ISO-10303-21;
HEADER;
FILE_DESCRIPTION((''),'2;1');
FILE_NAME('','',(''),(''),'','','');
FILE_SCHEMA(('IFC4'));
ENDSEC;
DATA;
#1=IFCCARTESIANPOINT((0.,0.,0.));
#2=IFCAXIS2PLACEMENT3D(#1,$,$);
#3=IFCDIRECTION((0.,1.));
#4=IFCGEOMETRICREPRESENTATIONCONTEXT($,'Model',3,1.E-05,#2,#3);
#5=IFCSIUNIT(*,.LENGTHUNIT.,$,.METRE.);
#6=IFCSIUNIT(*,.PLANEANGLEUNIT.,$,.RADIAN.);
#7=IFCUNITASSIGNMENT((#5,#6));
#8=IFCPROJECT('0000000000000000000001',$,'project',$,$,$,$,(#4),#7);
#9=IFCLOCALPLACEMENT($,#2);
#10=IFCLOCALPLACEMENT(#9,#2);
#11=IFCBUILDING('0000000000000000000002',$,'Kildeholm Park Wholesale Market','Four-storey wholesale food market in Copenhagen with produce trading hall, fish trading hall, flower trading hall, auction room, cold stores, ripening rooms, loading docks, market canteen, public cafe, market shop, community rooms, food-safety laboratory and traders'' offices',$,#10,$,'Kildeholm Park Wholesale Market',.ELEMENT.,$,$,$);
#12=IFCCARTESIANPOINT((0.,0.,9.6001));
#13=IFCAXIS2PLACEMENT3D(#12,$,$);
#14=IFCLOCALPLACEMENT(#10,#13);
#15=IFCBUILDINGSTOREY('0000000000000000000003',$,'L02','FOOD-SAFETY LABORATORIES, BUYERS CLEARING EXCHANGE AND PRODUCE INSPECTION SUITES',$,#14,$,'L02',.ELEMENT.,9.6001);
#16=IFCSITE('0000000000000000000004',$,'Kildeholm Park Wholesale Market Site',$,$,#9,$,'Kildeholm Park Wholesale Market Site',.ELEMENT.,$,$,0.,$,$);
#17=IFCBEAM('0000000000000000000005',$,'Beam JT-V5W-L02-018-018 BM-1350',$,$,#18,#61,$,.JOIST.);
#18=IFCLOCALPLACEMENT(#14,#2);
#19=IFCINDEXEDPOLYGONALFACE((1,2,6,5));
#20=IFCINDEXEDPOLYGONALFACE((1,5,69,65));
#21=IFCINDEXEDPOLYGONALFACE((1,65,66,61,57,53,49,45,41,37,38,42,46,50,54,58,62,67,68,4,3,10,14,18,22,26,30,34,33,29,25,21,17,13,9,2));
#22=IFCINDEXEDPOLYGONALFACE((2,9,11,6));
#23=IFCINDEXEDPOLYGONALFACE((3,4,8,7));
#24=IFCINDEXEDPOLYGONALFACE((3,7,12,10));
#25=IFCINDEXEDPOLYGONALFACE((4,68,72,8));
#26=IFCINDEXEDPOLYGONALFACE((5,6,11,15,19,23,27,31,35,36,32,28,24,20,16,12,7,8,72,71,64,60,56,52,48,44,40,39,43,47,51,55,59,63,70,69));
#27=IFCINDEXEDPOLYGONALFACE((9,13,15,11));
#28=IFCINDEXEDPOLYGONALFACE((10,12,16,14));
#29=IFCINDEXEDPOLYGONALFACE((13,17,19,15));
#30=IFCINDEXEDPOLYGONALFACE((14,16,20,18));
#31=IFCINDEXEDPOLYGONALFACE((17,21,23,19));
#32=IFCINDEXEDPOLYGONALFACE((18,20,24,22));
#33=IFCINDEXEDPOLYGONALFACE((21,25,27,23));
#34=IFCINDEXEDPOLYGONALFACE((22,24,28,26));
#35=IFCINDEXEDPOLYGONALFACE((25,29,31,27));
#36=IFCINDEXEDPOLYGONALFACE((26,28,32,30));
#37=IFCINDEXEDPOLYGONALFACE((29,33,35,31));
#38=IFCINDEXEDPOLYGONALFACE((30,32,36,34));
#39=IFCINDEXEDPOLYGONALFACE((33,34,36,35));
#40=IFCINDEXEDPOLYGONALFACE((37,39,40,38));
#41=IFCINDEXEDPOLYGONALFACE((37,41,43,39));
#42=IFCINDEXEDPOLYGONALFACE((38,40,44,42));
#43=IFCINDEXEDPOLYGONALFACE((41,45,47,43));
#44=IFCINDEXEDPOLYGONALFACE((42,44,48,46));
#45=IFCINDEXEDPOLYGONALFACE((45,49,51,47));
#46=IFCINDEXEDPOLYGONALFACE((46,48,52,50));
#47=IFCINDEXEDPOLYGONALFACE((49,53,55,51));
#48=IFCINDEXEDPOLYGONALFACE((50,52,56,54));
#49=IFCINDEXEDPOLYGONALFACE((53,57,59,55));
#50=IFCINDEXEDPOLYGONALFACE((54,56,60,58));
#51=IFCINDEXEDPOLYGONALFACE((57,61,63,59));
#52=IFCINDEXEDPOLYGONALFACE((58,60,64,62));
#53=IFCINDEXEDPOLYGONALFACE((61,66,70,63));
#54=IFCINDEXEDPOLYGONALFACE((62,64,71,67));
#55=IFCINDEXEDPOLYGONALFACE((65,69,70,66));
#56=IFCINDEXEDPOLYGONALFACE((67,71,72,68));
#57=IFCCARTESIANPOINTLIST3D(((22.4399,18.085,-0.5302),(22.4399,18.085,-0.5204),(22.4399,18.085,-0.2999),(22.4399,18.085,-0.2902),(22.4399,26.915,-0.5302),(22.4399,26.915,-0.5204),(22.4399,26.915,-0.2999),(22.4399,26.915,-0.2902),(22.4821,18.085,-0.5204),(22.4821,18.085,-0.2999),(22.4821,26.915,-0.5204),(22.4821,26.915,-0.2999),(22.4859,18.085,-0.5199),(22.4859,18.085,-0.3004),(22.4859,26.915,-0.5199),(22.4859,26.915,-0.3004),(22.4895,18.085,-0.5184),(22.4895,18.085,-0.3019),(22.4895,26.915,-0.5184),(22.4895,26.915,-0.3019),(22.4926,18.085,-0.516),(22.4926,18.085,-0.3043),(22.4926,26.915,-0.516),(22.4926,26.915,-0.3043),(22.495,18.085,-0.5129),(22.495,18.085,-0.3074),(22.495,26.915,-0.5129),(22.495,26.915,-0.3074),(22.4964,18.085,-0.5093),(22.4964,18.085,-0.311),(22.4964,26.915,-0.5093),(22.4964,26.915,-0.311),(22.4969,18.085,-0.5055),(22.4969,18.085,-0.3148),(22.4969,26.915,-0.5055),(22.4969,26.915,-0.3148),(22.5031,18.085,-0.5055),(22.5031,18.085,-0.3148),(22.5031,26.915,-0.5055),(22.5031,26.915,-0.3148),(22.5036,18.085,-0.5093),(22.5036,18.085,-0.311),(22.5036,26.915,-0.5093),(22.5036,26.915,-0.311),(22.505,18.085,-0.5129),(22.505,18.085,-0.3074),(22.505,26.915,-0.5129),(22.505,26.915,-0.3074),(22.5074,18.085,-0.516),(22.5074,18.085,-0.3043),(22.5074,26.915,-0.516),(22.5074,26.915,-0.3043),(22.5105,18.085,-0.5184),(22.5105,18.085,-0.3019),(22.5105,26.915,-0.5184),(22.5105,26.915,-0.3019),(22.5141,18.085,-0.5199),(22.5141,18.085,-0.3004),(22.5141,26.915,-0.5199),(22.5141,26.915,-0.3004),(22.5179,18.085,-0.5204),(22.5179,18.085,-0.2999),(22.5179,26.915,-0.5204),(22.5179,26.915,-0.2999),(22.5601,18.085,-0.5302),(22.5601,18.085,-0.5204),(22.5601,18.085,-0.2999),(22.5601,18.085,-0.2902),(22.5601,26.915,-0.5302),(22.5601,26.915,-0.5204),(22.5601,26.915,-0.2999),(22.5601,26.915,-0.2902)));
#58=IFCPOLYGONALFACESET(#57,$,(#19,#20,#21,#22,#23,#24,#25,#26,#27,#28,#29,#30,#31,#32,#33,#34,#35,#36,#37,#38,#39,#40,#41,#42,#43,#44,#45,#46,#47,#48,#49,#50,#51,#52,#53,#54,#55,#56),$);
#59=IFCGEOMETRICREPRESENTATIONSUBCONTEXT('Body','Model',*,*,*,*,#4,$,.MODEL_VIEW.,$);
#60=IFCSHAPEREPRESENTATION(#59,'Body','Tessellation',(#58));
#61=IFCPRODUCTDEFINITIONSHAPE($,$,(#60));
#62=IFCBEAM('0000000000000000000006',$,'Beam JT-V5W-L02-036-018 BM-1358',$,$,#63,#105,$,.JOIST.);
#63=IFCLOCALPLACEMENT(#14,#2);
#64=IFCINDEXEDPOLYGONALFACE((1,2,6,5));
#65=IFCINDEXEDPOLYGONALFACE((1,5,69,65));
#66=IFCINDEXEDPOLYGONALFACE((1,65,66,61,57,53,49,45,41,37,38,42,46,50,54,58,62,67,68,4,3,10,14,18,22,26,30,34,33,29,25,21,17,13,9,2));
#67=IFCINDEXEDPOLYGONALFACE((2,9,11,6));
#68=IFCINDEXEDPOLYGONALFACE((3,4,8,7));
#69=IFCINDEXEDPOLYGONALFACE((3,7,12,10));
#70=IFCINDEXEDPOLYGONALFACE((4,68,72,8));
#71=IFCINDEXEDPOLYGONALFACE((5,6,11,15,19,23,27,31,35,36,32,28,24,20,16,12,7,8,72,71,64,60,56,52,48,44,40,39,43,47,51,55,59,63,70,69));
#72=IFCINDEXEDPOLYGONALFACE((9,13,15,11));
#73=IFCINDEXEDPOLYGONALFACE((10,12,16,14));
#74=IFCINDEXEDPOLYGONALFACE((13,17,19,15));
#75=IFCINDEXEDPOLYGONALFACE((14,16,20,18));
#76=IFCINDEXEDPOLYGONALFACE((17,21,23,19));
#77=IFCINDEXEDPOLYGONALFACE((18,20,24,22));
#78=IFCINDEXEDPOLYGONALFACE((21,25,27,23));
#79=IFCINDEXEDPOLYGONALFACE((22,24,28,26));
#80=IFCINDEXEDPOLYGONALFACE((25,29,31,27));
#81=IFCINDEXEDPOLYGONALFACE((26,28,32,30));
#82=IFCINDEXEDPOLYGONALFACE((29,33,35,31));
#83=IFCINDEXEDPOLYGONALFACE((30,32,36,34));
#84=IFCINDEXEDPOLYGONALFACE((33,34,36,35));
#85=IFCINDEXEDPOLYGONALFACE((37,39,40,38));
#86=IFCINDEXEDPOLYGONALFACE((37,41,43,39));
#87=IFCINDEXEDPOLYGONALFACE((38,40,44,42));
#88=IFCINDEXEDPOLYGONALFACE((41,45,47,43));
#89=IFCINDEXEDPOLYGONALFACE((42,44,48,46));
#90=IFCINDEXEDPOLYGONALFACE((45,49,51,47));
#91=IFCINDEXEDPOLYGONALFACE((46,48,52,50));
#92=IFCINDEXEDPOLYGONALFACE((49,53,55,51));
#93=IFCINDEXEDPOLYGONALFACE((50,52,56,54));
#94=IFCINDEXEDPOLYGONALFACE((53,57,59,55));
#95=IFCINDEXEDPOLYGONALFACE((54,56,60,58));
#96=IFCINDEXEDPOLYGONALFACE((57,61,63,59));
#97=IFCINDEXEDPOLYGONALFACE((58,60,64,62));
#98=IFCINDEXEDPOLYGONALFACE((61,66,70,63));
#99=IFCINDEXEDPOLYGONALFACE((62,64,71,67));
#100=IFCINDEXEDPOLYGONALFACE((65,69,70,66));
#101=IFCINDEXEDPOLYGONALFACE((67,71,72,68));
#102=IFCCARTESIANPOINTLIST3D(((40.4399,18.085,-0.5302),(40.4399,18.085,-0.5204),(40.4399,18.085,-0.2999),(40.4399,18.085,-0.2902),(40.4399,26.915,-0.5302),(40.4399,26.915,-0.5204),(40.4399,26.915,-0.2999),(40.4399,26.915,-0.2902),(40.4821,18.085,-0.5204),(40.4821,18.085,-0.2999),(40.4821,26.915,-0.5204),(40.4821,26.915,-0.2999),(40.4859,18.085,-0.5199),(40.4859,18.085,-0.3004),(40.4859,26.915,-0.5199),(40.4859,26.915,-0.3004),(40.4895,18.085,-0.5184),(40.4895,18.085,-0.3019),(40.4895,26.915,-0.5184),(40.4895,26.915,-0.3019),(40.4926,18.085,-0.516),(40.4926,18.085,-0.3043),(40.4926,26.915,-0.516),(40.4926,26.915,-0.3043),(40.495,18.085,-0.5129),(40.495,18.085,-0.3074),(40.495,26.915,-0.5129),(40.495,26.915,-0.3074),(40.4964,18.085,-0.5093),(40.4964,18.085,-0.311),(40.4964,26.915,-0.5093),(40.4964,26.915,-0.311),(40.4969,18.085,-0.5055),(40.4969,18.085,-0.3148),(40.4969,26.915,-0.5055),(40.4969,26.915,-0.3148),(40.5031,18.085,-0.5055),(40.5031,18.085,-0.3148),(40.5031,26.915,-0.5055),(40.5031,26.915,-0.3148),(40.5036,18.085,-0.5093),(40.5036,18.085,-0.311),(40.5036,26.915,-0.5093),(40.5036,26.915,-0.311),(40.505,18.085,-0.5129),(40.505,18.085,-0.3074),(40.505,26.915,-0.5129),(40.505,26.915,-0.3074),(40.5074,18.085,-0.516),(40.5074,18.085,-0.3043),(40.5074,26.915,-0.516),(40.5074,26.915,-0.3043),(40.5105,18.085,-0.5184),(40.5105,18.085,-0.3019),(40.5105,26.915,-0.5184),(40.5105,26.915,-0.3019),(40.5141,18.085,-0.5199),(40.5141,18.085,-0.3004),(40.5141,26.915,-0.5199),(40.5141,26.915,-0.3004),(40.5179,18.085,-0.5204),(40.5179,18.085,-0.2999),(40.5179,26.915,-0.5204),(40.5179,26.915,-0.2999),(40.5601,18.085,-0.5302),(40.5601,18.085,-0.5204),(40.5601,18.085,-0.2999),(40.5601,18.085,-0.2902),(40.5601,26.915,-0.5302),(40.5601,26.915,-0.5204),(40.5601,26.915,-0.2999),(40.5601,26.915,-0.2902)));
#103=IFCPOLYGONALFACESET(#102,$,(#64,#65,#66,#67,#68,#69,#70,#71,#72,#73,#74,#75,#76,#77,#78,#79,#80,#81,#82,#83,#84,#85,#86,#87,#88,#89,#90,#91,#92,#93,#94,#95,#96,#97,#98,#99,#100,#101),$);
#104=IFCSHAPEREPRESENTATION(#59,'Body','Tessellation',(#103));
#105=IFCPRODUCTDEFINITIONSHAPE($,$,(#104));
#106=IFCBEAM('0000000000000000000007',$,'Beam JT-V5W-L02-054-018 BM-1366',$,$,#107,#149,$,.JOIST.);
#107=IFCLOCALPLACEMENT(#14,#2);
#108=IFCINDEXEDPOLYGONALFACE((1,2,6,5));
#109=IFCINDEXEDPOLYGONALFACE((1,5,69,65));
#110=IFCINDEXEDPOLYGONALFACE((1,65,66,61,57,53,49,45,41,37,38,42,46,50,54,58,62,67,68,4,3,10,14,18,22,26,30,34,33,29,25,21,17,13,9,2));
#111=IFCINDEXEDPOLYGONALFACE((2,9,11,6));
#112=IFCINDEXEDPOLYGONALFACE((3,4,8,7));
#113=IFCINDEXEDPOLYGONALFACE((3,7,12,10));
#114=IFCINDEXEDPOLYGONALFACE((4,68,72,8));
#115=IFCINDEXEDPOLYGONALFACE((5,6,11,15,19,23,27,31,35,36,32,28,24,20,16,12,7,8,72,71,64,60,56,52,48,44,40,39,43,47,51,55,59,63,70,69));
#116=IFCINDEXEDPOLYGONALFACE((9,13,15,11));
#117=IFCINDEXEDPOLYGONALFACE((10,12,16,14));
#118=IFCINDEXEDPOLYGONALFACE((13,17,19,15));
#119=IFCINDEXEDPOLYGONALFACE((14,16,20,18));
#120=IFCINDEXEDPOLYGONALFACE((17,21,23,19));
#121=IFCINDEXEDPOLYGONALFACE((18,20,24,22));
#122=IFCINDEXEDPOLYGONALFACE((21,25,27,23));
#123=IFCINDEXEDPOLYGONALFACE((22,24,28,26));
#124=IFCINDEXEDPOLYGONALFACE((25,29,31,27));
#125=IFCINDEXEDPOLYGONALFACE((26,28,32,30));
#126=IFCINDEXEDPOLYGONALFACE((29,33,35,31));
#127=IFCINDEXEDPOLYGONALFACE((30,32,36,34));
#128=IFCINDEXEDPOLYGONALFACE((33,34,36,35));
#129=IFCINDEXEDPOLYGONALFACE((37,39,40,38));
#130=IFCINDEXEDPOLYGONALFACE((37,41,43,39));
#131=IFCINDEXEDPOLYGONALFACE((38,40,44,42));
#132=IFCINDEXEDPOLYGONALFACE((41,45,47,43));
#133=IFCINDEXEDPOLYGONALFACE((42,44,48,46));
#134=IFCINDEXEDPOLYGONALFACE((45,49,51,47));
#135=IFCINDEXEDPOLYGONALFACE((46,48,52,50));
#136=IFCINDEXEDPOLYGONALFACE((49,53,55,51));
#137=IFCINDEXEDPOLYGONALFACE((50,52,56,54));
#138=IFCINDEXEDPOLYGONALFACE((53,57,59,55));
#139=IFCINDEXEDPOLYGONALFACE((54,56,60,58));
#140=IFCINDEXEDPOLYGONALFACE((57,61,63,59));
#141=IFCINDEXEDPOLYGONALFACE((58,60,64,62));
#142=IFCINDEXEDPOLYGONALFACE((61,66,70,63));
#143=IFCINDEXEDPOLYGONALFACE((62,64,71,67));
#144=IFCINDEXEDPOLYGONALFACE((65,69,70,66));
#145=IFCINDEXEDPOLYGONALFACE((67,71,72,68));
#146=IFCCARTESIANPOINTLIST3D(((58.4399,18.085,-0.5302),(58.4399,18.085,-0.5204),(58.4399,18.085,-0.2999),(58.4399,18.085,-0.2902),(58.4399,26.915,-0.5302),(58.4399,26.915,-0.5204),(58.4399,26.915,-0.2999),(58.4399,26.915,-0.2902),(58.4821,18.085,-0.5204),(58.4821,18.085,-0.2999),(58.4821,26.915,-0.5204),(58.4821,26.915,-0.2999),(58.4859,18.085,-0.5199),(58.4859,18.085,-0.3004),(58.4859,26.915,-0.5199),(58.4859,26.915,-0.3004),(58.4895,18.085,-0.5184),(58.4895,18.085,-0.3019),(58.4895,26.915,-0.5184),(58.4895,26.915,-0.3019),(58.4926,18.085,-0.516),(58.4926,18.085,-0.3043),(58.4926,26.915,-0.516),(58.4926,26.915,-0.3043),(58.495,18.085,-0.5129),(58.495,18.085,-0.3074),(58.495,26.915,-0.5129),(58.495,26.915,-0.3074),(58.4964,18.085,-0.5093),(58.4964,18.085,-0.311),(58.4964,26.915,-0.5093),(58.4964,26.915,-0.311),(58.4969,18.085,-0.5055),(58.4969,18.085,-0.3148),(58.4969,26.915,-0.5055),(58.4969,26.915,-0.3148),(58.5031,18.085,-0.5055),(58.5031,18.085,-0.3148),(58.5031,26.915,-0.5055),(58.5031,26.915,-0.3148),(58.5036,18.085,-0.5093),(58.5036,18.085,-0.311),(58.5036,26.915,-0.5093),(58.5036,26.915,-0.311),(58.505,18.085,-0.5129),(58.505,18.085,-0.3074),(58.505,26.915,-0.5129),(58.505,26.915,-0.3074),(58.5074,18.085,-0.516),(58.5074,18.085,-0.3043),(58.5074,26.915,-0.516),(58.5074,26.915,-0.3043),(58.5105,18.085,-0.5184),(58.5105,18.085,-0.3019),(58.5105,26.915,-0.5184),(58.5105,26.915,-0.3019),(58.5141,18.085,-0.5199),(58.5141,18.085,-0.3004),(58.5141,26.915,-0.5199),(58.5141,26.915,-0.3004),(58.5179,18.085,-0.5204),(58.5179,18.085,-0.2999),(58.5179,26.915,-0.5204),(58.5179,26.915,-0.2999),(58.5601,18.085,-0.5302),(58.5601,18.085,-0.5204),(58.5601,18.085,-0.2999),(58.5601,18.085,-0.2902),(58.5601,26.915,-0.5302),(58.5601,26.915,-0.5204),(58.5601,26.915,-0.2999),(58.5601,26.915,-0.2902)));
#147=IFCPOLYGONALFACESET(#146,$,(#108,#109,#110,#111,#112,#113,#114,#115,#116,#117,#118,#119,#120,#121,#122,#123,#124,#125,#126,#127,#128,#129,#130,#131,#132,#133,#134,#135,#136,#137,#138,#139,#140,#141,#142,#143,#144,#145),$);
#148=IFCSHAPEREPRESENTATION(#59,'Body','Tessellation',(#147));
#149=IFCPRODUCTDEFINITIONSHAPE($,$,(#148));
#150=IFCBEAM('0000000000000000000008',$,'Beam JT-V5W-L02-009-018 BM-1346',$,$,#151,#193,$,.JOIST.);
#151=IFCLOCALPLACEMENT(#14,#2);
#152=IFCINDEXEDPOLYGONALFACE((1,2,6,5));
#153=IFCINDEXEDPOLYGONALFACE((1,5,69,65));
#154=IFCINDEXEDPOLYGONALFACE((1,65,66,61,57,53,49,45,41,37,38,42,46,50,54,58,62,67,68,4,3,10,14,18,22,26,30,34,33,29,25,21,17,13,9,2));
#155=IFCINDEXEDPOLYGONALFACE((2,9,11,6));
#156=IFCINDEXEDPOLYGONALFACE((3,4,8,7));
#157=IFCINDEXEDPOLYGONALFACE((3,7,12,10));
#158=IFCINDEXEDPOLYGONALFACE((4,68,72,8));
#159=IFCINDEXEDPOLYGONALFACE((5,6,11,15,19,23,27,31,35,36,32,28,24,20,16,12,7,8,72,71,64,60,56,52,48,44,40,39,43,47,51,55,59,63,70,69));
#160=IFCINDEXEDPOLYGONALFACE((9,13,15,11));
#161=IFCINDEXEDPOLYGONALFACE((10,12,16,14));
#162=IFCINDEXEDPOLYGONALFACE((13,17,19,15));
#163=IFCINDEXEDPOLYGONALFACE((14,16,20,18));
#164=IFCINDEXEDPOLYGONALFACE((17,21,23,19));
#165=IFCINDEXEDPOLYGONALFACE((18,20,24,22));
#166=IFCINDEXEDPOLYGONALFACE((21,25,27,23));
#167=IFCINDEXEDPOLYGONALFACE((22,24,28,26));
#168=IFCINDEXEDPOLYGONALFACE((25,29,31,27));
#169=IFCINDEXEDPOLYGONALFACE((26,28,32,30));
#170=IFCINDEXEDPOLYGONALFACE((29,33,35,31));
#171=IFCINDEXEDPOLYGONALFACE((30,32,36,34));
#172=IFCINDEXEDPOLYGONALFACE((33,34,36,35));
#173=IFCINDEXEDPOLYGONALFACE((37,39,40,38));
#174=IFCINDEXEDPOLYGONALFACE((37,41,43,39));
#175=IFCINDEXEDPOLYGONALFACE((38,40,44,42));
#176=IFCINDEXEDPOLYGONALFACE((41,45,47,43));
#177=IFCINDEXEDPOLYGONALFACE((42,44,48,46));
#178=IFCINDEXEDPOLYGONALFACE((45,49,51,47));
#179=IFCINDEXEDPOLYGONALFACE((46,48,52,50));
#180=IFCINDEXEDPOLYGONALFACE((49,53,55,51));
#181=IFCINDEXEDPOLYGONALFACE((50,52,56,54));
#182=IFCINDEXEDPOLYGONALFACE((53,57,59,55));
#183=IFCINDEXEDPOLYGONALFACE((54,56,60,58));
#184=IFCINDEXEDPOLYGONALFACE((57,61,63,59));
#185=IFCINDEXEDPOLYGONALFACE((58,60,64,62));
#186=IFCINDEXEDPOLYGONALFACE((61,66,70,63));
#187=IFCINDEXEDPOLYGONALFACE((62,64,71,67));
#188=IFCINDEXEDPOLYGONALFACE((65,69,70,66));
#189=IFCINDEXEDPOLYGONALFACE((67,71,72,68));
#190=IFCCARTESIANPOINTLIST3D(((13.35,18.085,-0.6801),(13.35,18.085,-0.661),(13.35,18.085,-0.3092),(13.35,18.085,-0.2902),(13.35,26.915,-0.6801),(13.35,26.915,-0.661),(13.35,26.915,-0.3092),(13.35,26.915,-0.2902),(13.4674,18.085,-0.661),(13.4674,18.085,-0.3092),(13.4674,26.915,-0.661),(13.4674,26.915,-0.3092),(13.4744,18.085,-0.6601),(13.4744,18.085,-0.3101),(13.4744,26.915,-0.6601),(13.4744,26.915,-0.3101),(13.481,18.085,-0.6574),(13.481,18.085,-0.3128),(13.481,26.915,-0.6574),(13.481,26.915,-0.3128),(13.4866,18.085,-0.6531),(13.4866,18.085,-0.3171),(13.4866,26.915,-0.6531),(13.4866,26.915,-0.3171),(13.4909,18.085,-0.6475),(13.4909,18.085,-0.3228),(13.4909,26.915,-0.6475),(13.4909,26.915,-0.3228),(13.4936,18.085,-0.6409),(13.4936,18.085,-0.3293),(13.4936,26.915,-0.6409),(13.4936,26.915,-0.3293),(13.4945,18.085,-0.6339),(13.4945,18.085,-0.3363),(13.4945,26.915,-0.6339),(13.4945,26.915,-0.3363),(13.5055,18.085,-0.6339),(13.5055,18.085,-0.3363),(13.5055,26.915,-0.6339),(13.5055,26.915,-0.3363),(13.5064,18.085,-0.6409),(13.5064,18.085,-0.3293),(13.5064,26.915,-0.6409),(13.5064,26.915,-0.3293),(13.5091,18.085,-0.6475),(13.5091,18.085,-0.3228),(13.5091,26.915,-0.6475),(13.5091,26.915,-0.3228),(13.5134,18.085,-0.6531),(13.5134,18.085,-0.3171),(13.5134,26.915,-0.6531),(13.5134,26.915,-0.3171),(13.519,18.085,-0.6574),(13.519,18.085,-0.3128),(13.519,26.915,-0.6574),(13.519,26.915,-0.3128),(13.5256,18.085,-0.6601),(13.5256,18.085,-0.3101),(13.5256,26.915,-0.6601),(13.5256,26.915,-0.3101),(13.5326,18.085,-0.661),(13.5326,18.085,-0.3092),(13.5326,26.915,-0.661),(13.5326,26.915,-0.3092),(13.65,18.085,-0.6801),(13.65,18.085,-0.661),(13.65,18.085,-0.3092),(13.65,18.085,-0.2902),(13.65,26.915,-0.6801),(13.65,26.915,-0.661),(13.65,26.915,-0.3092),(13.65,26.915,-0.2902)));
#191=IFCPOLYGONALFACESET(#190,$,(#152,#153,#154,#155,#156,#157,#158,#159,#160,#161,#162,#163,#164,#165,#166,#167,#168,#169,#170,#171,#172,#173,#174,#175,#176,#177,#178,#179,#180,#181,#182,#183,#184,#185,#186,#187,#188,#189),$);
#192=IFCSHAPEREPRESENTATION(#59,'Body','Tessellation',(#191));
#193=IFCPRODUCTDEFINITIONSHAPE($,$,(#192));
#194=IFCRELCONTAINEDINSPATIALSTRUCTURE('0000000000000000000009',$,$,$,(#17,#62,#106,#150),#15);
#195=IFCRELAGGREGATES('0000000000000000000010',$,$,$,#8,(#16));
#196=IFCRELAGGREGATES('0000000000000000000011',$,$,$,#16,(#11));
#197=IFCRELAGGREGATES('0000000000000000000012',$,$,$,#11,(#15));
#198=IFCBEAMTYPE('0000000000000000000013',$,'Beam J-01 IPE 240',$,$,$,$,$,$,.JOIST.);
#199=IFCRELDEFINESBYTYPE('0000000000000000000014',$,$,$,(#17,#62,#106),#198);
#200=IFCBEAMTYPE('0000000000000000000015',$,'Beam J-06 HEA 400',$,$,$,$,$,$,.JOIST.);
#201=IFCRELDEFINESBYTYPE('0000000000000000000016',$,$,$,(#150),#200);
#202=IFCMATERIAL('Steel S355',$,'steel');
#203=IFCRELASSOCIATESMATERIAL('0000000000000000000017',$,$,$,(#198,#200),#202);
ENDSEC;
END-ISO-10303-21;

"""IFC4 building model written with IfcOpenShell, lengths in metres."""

from ifc_helpers import new_model, si_unit, direction, frame, origin, origin_2d, place, context, subcontext, project, spatial, i_section, extrude, material, material_profile, profile_set, type_object, element, save


model = new_model("IFC4")

# Units and contexts
model_context = context("Model", 3, precision=1e-05, world=origin(), true_north=direction((0.0, 1.0)))
body_context = subcontext(model_context, "Body", "Model", "MODEL_VIEW")
ifc_project = project(units=[si_unit("LENGTHUNIT", "METRE"), si_unit("PLANEANGLEUNIT", "RADIAN")], contexts=[model_context])

# Site, building, storey
site_placement = place(None, origin())
site = spatial("IfcSite", under=ifc_project, at=site_placement, Name="Kildeholm Park Wholesale Market Site", LongName="Kildeholm Park Wholesale Market Site", CompositionType="ELEMENT", RefElevation=0.0)
building_placement = place(site_placement, origin())
building = spatial("IfcBuilding", under=site, at=building_placement, Name="Kildeholm Park Wholesale Market", Description="Four-storey wholesale food market in Copenhagen with produce trading hall, fish trading hall, flower trading hall, auction room, cold stores, ripening rooms, loading docks, market canteen, public cafe, market shop, community rooms, food-safety laboratory and traders' offices", LongName="Kildeholm Park Wholesale Market", CompositionType="ELEMENT")
storey_placement = place(building_placement, frame((0.0, 0.0, 9.6001)))
storey = spatial("IfcBuildingStorey", under=building, at=storey_placement, Name="L02", Description="FOOD-SAFETY LABORATORIES, BUYERS CLEARING EXCHANGE AND PRODUCE INSPECTION SUITES", LongName="L02", CompositionType="ELEMENT", Elevation=9.6001)

# Beams
ifc_material_1 = material(Name="Steel S355", Category="steel")
ifc_material_profile_1 = material_profile(ifc_material_1, i_section(OverallWidth=0.1201, OverallDepth=0.24, WebThickness=0.0061, FlangeThickness=0.0098, FilletRadius=0.0149, at=origin_2d()), Name="IPE 240")
ifc_profile_set_1 = profile_set([ifc_material_profile_1], Name="Steel S355")
beam_type_1 = type_object("IfcBeamType", Name="Beam J-01 IPE 240", PredefinedType="JOIST", material=ifc_profile_set_1)
for number, where, z_axis, x_axis, name in (
    (1, (22.5, 18.085, -0.4102), (0.0, 1.0, 0.0), (-1.0, 0.0, 0.0), "Beam JT-V5W-L02-018-018 BM-1350"),
    (2, (40.5, 18.085, -0.4102), (0.0, 1.0, 0.0), (-1.0, 0.0, 0.0), "Beam JT-V5W-L02-036-018 BM-1358"),
    (3, (58.5, 18.085, -0.4102), (0.0, 1.0, 0.0), (-1.0, 0.0, 0.0), "Beam JT-V5W-L02-054-018 BM-1366"),
):
    element("IfcBeam", number, at=place(storey_placement, frame(where, z_axis=z_axis, x_axis=x_axis)), inside=storey, type_object=beam_type_1, Name=name, PredefinedType="JOIST", context=body_context, shape_type="SweptSolid", body=[
        extrude(i_section(OverallWidth=0.1201, OverallDepth=0.24, WebThickness=0.0061, FlangeThickness=0.0098, FilletRadius=0.0149, at=origin_2d()), origin(), (0.0, 0.0, 1.0), 8.8301),
    ])
ifc_material_profile_2 = material_profile(ifc_material_1, i_section(OverallWidth=0.3, OverallDepth=0.3899, WebThickness=0.011, FlangeThickness=0.019, FilletRadius=0.0271, at=origin_2d()), Name="HEA 400")
ifc_profile_set_2 = profile_set([ifc_material_profile_2], Name="Steel S355")
beam_type_2 = type_object("IfcBeamType", Name="Beam J-06 HEA 400", PredefinedType="JOIST", material=ifc_profile_set_2)
for number, where, z_axis, x_axis, name in (
    (4, (13.5, 18.085, -0.4851), (0.0, 1.0, 0.0), (-1.0, 0.0, 0.0), "Beam JT-V5W-L02-009-018 BM-1346"),
):
    element("IfcBeam", number, at=place(storey_placement, frame(where, z_axis=z_axis, x_axis=x_axis)), inside=storey, type_object=beam_type_2, Name=name, PredefinedType="JOIST", context=body_context, shape_type="SweptSolid", body=[
        extrude(i_section(OverallWidth=0.3, OverallDepth=0.3899, WebThickness=0.011, FlangeThickness=0.019, FilletRadius=0.0271, at=origin_2d()), origin(), (0.0, 0.0, 1.0), 8.8301),
    ])

save(model, "model.ifc")
